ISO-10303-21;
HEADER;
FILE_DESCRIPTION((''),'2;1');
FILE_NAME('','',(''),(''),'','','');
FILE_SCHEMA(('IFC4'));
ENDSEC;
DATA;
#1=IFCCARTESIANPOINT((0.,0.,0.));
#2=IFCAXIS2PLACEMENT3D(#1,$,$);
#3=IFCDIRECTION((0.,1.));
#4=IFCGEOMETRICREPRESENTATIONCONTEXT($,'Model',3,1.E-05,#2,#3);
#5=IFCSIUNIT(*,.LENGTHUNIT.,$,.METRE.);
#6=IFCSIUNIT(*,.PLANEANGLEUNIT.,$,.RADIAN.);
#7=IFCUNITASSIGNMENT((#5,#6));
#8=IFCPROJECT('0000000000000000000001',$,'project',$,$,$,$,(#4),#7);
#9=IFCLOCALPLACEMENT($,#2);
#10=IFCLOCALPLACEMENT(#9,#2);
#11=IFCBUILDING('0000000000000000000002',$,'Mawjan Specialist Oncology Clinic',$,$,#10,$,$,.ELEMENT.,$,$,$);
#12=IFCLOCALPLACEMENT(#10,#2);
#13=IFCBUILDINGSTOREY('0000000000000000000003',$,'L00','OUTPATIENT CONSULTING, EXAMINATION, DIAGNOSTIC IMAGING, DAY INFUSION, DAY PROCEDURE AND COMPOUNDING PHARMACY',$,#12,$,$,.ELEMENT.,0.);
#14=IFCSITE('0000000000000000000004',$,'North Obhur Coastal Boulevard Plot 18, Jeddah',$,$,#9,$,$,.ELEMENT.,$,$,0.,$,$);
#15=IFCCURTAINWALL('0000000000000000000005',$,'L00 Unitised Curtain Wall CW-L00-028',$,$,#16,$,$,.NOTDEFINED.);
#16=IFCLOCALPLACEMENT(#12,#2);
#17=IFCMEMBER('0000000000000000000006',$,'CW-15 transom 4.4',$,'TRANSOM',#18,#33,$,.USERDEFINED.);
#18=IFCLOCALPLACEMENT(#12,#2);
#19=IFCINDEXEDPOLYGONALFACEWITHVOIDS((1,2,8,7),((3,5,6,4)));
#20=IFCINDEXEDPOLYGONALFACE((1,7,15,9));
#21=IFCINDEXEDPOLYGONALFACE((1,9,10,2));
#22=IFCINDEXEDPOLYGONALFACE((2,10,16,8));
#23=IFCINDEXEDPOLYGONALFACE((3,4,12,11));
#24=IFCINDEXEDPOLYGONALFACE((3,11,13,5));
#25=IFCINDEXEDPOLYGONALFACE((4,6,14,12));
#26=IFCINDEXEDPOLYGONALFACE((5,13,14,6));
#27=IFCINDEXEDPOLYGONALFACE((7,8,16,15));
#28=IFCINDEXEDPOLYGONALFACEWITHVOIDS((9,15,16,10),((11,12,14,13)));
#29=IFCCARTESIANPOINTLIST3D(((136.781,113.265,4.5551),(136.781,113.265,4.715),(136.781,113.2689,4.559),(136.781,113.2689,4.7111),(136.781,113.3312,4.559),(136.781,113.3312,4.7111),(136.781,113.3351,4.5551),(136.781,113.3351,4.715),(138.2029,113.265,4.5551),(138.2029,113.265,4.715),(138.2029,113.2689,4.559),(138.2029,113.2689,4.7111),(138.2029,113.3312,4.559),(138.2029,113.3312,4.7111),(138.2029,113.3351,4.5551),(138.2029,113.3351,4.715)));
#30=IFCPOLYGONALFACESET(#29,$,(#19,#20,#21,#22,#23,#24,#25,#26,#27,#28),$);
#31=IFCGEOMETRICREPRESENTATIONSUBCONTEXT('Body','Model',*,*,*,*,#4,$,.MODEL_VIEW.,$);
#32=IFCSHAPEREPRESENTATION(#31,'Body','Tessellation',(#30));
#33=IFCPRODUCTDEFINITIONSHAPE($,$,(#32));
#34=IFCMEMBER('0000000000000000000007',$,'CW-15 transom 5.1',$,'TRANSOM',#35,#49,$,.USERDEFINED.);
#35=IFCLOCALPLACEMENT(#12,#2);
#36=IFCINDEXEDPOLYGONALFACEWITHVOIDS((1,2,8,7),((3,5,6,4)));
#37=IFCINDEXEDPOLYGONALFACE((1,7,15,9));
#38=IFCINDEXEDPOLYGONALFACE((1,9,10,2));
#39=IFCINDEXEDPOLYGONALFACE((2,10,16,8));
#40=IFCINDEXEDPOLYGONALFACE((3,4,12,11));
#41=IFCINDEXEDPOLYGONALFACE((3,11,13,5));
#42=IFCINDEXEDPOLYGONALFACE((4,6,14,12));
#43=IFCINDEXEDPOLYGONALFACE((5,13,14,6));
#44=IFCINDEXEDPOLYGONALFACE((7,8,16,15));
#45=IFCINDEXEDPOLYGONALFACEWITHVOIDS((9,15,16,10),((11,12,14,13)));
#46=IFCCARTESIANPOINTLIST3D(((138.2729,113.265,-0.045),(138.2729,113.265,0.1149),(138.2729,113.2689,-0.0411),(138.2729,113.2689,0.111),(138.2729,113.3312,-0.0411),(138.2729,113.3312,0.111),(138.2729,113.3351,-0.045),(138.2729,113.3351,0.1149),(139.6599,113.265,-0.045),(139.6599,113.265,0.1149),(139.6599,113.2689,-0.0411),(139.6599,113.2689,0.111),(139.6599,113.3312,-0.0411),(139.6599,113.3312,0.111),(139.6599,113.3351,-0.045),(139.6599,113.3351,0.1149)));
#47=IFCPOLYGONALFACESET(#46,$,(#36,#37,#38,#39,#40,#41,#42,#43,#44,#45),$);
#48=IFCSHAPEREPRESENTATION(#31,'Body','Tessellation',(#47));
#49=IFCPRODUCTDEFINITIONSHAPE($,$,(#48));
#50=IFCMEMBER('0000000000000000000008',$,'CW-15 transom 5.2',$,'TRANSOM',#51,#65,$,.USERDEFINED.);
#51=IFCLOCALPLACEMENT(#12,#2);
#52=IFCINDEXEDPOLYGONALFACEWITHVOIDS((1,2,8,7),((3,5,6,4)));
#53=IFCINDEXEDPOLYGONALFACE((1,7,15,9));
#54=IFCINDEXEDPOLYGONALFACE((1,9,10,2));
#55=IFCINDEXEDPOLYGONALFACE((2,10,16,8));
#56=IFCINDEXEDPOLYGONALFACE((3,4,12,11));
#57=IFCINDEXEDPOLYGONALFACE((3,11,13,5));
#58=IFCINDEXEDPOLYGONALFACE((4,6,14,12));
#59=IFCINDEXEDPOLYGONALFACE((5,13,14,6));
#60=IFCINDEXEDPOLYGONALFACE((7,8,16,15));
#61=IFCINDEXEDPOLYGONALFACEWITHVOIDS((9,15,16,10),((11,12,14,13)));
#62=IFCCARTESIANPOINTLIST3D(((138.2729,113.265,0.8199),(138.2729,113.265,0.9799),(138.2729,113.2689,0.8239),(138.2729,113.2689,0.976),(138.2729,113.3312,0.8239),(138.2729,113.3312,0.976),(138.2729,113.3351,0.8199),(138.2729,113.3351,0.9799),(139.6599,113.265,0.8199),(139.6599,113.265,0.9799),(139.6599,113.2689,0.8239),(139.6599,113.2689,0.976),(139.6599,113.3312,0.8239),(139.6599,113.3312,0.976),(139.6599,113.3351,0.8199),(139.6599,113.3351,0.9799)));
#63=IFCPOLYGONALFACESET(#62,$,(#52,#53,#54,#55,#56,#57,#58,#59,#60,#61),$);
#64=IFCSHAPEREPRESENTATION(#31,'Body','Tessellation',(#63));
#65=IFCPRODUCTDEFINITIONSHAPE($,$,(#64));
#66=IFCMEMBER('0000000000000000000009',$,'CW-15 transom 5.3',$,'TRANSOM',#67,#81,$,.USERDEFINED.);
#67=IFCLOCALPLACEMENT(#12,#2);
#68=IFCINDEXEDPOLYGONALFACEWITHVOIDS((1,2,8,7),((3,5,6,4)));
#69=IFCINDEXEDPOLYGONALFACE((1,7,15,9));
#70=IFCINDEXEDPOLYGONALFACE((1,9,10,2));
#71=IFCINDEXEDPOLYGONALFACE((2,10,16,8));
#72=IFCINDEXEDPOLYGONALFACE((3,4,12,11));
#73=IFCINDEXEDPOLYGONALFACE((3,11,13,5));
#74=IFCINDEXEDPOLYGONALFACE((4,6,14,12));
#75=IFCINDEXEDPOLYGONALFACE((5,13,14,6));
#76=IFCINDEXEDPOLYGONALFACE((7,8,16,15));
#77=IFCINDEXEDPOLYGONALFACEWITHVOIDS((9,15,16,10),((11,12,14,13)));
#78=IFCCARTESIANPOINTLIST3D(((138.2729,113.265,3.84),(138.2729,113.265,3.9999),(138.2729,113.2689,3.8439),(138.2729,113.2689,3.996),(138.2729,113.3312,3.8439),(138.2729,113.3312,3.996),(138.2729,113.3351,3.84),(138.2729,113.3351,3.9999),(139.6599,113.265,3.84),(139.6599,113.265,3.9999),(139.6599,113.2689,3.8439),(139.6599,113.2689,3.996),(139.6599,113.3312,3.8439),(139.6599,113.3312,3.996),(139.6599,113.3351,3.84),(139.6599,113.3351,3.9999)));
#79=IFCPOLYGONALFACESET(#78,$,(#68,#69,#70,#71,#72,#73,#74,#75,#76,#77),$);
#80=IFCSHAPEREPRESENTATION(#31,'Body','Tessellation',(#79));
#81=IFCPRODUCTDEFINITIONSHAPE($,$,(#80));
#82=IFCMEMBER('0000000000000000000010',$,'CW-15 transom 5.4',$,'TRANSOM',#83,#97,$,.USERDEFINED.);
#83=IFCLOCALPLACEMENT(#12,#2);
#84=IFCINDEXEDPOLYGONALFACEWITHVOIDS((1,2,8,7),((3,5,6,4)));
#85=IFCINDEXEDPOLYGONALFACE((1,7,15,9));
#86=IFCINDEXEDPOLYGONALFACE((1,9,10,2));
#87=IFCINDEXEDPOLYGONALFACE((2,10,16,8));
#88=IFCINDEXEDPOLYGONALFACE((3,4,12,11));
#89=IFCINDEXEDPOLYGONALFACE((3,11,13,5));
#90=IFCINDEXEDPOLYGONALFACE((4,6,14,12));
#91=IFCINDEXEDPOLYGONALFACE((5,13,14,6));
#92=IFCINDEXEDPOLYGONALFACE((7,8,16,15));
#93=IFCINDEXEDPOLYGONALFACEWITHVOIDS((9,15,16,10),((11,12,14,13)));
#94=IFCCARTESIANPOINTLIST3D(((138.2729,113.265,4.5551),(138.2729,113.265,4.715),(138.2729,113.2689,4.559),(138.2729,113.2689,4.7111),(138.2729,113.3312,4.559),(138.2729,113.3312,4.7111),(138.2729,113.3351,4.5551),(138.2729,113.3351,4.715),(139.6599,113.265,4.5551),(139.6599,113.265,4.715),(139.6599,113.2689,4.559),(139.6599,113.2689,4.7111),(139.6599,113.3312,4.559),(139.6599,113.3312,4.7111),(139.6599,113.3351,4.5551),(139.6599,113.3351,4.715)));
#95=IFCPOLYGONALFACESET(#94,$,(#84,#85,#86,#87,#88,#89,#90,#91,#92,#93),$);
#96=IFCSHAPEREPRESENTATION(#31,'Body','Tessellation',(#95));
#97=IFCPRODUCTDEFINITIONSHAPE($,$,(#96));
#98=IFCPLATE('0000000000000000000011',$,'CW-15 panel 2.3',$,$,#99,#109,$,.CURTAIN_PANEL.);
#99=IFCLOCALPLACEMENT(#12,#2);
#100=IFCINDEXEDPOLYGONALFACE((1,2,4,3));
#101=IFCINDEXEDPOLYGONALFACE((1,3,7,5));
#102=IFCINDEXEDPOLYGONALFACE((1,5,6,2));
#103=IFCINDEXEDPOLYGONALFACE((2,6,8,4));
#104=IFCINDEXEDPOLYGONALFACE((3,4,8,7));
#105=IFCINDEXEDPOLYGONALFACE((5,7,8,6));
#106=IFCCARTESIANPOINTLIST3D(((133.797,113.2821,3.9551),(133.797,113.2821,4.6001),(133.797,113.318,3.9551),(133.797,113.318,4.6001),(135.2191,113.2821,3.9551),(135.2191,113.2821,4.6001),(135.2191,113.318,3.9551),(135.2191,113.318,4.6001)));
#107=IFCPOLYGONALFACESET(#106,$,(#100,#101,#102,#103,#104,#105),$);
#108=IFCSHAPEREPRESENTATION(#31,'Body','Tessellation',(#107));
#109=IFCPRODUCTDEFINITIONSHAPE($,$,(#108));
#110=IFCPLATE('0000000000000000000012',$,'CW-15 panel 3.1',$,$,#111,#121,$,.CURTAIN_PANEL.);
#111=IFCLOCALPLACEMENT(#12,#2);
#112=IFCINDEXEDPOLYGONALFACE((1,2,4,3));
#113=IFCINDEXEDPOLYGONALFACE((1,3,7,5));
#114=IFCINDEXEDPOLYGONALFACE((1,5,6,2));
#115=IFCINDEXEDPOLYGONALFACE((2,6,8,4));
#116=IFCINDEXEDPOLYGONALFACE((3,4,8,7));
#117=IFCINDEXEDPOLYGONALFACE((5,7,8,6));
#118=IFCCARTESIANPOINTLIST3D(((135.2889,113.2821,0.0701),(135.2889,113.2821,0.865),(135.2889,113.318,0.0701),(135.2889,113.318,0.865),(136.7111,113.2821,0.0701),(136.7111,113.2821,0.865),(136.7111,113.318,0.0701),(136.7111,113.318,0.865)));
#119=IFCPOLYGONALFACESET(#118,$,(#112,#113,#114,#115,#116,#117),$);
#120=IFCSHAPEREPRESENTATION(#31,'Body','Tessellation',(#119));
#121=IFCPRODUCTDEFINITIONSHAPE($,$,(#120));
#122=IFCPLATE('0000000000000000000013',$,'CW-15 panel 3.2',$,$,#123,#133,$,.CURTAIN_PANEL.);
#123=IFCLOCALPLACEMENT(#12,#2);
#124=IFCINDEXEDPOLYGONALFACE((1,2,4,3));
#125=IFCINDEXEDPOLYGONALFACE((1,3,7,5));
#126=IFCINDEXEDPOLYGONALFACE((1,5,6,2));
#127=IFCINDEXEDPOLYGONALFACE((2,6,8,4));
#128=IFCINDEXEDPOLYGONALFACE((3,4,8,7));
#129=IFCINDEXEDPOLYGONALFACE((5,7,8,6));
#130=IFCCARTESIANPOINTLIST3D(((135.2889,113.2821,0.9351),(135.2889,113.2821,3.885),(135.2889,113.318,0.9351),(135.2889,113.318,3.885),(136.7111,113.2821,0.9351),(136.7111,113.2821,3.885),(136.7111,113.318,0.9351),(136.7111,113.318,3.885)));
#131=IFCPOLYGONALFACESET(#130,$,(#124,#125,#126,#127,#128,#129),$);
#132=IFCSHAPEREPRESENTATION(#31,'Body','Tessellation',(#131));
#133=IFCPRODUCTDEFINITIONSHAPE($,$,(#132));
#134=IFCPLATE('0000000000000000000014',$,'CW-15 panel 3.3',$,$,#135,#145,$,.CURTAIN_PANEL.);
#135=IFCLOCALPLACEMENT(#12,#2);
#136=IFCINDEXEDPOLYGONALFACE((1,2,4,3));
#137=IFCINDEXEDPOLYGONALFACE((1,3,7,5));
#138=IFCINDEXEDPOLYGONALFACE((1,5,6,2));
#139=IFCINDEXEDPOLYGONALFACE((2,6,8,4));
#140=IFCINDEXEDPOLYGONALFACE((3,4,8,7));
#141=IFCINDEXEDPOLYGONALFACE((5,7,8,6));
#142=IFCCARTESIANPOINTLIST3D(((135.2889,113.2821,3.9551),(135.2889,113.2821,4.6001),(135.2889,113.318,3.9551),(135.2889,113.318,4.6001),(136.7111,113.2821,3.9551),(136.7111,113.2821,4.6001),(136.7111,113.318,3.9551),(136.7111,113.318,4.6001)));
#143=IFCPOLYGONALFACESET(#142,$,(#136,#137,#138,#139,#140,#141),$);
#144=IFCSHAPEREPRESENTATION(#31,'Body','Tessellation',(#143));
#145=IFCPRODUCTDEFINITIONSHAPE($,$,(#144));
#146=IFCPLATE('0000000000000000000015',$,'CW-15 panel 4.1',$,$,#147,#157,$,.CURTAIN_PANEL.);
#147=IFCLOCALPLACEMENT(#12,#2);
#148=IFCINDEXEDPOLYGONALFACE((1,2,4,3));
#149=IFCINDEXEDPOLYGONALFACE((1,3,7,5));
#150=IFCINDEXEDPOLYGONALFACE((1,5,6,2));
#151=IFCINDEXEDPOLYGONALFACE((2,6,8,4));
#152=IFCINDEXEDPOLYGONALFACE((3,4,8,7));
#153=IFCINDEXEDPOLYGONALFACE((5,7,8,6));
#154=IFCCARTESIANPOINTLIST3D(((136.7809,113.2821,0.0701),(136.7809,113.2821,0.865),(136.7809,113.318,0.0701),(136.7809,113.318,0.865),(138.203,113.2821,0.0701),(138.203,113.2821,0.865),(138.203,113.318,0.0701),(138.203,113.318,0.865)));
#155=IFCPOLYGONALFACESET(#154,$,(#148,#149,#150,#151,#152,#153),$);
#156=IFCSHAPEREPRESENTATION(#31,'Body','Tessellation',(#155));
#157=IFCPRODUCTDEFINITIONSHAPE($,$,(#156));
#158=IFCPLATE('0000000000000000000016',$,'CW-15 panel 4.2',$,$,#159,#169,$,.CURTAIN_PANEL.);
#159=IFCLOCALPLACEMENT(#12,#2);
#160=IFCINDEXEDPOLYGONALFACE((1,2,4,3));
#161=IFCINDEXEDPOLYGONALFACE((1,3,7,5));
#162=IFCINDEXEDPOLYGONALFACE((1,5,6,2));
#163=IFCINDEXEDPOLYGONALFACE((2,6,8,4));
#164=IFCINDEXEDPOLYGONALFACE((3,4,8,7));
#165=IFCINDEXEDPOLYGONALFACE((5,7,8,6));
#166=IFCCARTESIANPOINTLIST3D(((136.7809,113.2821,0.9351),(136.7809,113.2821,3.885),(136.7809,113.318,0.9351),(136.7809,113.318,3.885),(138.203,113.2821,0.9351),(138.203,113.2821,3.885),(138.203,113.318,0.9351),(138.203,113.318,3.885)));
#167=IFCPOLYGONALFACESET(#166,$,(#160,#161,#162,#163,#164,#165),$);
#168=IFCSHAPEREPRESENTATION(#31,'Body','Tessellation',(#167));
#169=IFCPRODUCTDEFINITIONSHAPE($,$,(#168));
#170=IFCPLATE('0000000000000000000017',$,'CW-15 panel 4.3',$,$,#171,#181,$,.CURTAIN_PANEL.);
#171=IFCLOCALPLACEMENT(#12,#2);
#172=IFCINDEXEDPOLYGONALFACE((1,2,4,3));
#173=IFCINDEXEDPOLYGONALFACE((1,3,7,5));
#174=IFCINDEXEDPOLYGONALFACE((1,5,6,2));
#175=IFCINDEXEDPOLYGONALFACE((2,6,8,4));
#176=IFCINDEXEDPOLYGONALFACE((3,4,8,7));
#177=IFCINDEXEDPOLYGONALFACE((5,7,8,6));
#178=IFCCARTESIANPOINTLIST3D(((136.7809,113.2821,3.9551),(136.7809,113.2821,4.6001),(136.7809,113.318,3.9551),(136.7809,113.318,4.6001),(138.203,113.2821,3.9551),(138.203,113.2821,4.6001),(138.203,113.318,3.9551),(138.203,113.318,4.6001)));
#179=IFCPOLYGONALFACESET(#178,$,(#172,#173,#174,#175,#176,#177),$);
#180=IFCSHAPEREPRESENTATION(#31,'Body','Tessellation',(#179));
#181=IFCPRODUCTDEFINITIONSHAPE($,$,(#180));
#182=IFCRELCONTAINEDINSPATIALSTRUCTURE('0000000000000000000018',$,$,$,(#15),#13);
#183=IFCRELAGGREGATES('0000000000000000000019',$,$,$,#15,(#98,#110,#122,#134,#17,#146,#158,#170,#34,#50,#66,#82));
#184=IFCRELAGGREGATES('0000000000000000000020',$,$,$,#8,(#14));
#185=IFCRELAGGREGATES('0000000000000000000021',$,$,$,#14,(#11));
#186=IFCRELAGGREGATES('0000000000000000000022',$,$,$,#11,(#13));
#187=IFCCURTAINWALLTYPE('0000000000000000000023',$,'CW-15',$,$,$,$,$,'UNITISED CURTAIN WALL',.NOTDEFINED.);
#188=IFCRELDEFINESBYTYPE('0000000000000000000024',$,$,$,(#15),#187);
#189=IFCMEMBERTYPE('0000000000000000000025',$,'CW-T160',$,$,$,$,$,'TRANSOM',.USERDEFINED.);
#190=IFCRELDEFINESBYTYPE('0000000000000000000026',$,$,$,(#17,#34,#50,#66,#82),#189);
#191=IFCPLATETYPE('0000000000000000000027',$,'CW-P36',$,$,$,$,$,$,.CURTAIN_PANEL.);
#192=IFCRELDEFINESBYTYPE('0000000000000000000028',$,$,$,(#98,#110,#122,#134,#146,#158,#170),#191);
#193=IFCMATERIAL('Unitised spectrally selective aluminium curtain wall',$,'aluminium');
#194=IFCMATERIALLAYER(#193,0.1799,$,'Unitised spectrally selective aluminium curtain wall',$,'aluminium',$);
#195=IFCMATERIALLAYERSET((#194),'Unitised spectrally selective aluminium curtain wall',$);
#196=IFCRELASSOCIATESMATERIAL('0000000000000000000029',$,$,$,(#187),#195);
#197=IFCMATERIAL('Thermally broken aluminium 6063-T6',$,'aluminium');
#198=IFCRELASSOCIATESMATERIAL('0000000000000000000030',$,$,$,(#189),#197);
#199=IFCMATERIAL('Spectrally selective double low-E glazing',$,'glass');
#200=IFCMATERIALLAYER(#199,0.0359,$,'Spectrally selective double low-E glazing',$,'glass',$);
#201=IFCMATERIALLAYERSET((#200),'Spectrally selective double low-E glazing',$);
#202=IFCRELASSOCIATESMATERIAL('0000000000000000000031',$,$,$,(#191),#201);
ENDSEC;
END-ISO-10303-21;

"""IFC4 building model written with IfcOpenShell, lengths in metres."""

from ifc_helpers import new_model, si_unit, direction, frame, origin, origin_2d, place, context, subcontext, project, spatial, rectangle, hollow_rectangle, extrude, material, layer, layer_set, material_profile, profile_set, type_object, element, aggregate, save


model = new_model("IFC4")

# Units and contexts
model_context = context("Model", 3, precision=1e-05, world=origin(), true_north=direction((0.0, 1.0)))
body_context = subcontext(model_context, "Body", "Model", "MODEL_VIEW")
ifc_project = project(units=[si_unit("LENGTHUNIT", "METRE"), si_unit("PLANEANGLEUNIT", "RADIAN")], contexts=[model_context])

# Site, building, storey
site_placement = place(None, origin())
site = spatial("IfcSite", under=ifc_project, at=site_placement, Name="North Obhur Coastal Boulevard Plot 18, Jeddah", CompositionType="ELEMENT", RefElevation=0.0)
building_placement = place(site_placement, origin())
building = spatial("IfcBuilding", under=site, at=building_placement, Name="Mawjan Specialist Oncology Clinic", CompositionType="ELEMENT")
storey_placement = place(building_placement, origin())
storey = spatial("IfcBuildingStorey", under=building, at=storey_placement, Name="L00", Description="OUTPATIENT CONSULTING, EXAMINATION, DIAGNOSTIC IMAGING, DAY INFUSION, DAY PROCEDURE AND COMPOUNDING PHARMACY", CompositionType="ELEMENT", Elevation=0.0)

# Curtain wall, members, plates
ifc_material_1 = material(Name="Unitised spectrally selective aluminium curtain wall", Category="aluminium")
ifc_layer_1 = layer(ifc_material_1, 0.1799, Name="Unitised spectrally selective aluminium curtain wall", Category="aluminium")
ifc_layer_set_1 = layer_set([ifc_layer_1], Name="Unitised spectrally selective aluminium curtain wall")
curtain_wall_type = type_object("IfcCurtainWallType", Name="CW-15", ElementType="UNITISED CURTAIN WALL", PredefinedType="NOTDEFINED", material=ifc_layer_set_1)
curtain_wall_placement = place(storey_placement, origin())
curtain_wall = element("IfcCurtainWall", 1, at=curtain_wall_placement, inside=storey, type_object=curtain_wall_type, Name="L00 Unitised Curtain Wall CW-L00-028", PredefinedType="NOTDEFINED")
ifc_material_2 = material(Name="Thermally broken aluminium 6063-T6", Category="aluminium")
ifc_material_profile_1 = material_profile(ifc_material_2, hollow_rectangle(XDim=0.0701, YDim=0.1599, WallThickness=0.0039, at=origin_2d()), Name="ALU TRANSOM 160x70x4", Category="aluminium")
ifc_profile_set_1 = profile_set([ifc_material_profile_1], Name="Thermally broken aluminium 6063-T6")
member_type_1 = type_object("IfcMemberType", Name="CW-T160", ElementType="TRANSOM", PredefinedType="USERDEFINED", material=ifc_profile_set_1)
member_1_placement = place(storey_placement, frame((136.781, 113.3, 4.635), z_axis=(1.0, 0.0, 0.0), x_axis=(0.0, 1.0, 0.0)))
member_1 = element("IfcMember", 2, at=member_1_placement, type_object=member_type_1, Name="CW-15 transom 4.4", ObjectType="TRANSOM", PredefinedType="USERDEFINED", context=body_context, shape_type="SweptSolid", body=[
    extrude(hollow_rectangle(XDim=0.0701, YDim=0.1599, WallThickness=0.0039, at=origin_2d()), origin(), (0.0, 0.0, 1.0), 1.4219),
])
member_2_placement = place(storey_placement, frame((138.2729, 113.3, 0.0349), z_axis=(1.0, 0.0, 0.0), x_axis=(0.0, 1.0, 0.0)))
member_2 = element("IfcMember", 3, at=member_2_placement, type_object=member_type_1, Name="CW-15 transom 5.1", ObjectType="TRANSOM", PredefinedType="USERDEFINED", context=body_context, shape_type="SweptSolid", body=[
    extrude(hollow_rectangle(XDim=0.0701, YDim=0.1599, WallThickness=0.0039, at=origin_2d()), origin(), (0.0, 0.0, 1.0), 1.387),
])
member_3_placement = place(storey_placement, frame((138.2729, 113.3, 0.8999), z_axis=(1.0, 0.0, 0.0), x_axis=(0.0, 1.0, 0.0)))
member_3 = element("IfcMember", 4, at=member_3_placement, type_object=member_type_1, Name="CW-15 transom 5.2", ObjectType="TRANSOM", PredefinedType="USERDEFINED", context=body_context, shape_type="SweptSolid", body=[
    extrude(hollow_rectangle(XDim=0.0701, YDim=0.1599, WallThickness=0.0039, at=origin_2d()), origin(), (0.0, 0.0, 1.0), 1.387),
])
member_4_placement = place(storey_placement, frame((138.2729, 113.3, 3.9199), z_axis=(1.0, 0.0, 0.0), x_axis=(0.0, 1.0, 0.0)))
member_4 = element("IfcMember", 5, at=member_4_placement, type_object=member_type_1, Name="CW-15 transom 5.3", ObjectType="TRANSOM", PredefinedType="USERDEFINED", context=body_context, shape_type="SweptSolid", body=[
    extrude(hollow_rectangle(XDim=0.0701, YDim=0.1599, WallThickness=0.0039, at=origin_2d()), origin(), (0.0, 0.0, 1.0), 1.387),
])
member_5_placement = place(storey_placement, frame((138.2729, 113.3, 4.635), z_axis=(1.0, 0.0, 0.0), x_axis=(0.0, 1.0, 0.0)))
member_5 = element("IfcMember", 6, at=member_5_placement, type_object=member_type_1, Name="CW-15 transom 5.4", ObjectType="TRANSOM", PredefinedType="USERDEFINED", context=body_context, shape_type="SweptSolid", body=[
    extrude(hollow_rectangle(XDim=0.0701, YDim=0.1599, WallThickness=0.0039, at=origin_2d()), origin(), (0.0, 0.0, 1.0), 1.387),
])
ifc_material_3 = material(Name="Spectrally selective double low-E glazing", Category="glass")
ifc_layer_2 = layer(ifc_material_3, 0.0359, Name="Spectrally selective double low-E glazing", Category="glass")
ifc_layer_set_2 = layer_set([ifc_layer_2], Name="Spectrally selective double low-E glazing")
plate_type = type_object("IfcPlateType", Name="CW-P36", PredefinedType="CURTAIN_PANEL", material=ifc_layer_set_2)
plate_1_placement = place(storey_placement, frame((134.5081, 113.3, 3.9551), z_axis=(0.0, 0.0, 1.0), x_axis=(1.0, 0.0, 0.0)))
plate_1 = element("IfcPlate", 7, at=plate_1_placement, type_object=plate_type, Name="CW-15 panel 2.3", PredefinedType="CURTAIN_PANEL", context=body_context, shape_type="SweptSolid", body=[
    extrude(rectangle(XDim=1.4221, YDim=0.0359, at=origin_2d()), origin(), (0.0, 0.0, 1.0), 0.645),
])
plate_2_placement = place(storey_placement, frame((136.0, 113.3, 0.0701), z_axis=(0.0, 0.0, 1.0), x_axis=(1.0, 0.0, 0.0)))
plate_2 = element("IfcPlate", 8, at=plate_2_placement, type_object=plate_type, Name="CW-15 panel 3.1", PredefinedType="CURTAIN_PANEL", context=body_context, shape_type="SweptSolid", body=[
    extrude(rectangle(XDim=1.4221, YDim=0.0359, at=origin_2d()), origin(), (0.0, 0.0, 1.0), 0.7949),
])
plate_3_placement = place(storey_placement, frame((136.0, 113.3, 0.9351), z_axis=(0.0, 0.0, 1.0), x_axis=(1.0, 0.0, 0.0)))
plate_3 = element("IfcPlate", 9, at=plate_3_placement, type_object=plate_type, Name="CW-15 panel 3.2", PredefinedType="CURTAIN_PANEL", context=body_context, shape_type="SweptSolid", body=[
    extrude(rectangle(XDim=1.4221, YDim=0.0359, at=origin_2d()), origin(), (0.0, 0.0, 1.0), 2.95),
])
plate_4_placement = place(storey_placement, frame((136.0, 113.3, 3.9551), z_axis=(0.0, 0.0, 1.0), x_axis=(1.0, 0.0, 0.0)))
plate_4 = element("IfcPlate", 10, at=plate_4_placement, type_object=plate_type, Name="CW-15 panel 3.3", PredefinedType="CURTAIN_PANEL", context=body_context, shape_type="SweptSolid", body=[
    extrude(rectangle(XDim=1.4221, YDim=0.0359, at=origin_2d()), origin(), (0.0, 0.0, 1.0), 0.645),
])
plate_5_placement = place(storey_placement, frame((137.4919, 113.3, 0.0701), z_axis=(0.0, 0.0, 1.0), x_axis=(1.0, 0.0, 0.0)))
plate_5 = element("IfcPlate", 11, at=plate_5_placement, type_object=plate_type, Name="CW-15 panel 4.1", PredefinedType="CURTAIN_PANEL", context=body_context, shape_type="SweptSolid", body=[
    extrude(rectangle(XDim=1.4221, YDim=0.0359, at=origin_2d()), origin(), (0.0, 0.0, 1.0), 0.7949),
])
plate_6_placement = place(storey_placement, frame((137.4919, 113.3, 0.9351), z_axis=(0.0, 0.0, 1.0), x_axis=(1.0, 0.0, 0.0)))
plate_6 = element("IfcPlate", 12, at=plate_6_placement, type_object=plate_type, Name="CW-15 panel 4.2", PredefinedType="CURTAIN_PANEL", context=body_context, shape_type="SweptSolid", body=[
    extrude(rectangle(XDim=1.4221, YDim=0.0359, at=origin_2d()), origin(), (0.0, 0.0, 1.0), 2.95),
])
plate_7_placement = place(storey_placement, frame((137.4919, 113.3, 3.9551), z_axis=(0.0, 0.0, 1.0), x_axis=(1.0, 0.0, 0.0)))
plate_7 = element("IfcPlate", 13, at=plate_7_placement, type_object=plate_type, Name="CW-15 panel 4.3", PredefinedType="CURTAIN_PANEL", context=body_context, shape_type="SweptSolid", body=[
    extrude(rectangle(XDim=1.4221, YDim=0.0359, at=origin_2d()), origin(), (0.0, 0.0, 1.0), 0.645),
])
aggregate(curtain_wall, [plate_1, plate_2, plate_3, plate_4, member_1, plate_5, plate_6, plate_7, member_2, member_3, member_4, member_5])

save(model, "model.ifc")
